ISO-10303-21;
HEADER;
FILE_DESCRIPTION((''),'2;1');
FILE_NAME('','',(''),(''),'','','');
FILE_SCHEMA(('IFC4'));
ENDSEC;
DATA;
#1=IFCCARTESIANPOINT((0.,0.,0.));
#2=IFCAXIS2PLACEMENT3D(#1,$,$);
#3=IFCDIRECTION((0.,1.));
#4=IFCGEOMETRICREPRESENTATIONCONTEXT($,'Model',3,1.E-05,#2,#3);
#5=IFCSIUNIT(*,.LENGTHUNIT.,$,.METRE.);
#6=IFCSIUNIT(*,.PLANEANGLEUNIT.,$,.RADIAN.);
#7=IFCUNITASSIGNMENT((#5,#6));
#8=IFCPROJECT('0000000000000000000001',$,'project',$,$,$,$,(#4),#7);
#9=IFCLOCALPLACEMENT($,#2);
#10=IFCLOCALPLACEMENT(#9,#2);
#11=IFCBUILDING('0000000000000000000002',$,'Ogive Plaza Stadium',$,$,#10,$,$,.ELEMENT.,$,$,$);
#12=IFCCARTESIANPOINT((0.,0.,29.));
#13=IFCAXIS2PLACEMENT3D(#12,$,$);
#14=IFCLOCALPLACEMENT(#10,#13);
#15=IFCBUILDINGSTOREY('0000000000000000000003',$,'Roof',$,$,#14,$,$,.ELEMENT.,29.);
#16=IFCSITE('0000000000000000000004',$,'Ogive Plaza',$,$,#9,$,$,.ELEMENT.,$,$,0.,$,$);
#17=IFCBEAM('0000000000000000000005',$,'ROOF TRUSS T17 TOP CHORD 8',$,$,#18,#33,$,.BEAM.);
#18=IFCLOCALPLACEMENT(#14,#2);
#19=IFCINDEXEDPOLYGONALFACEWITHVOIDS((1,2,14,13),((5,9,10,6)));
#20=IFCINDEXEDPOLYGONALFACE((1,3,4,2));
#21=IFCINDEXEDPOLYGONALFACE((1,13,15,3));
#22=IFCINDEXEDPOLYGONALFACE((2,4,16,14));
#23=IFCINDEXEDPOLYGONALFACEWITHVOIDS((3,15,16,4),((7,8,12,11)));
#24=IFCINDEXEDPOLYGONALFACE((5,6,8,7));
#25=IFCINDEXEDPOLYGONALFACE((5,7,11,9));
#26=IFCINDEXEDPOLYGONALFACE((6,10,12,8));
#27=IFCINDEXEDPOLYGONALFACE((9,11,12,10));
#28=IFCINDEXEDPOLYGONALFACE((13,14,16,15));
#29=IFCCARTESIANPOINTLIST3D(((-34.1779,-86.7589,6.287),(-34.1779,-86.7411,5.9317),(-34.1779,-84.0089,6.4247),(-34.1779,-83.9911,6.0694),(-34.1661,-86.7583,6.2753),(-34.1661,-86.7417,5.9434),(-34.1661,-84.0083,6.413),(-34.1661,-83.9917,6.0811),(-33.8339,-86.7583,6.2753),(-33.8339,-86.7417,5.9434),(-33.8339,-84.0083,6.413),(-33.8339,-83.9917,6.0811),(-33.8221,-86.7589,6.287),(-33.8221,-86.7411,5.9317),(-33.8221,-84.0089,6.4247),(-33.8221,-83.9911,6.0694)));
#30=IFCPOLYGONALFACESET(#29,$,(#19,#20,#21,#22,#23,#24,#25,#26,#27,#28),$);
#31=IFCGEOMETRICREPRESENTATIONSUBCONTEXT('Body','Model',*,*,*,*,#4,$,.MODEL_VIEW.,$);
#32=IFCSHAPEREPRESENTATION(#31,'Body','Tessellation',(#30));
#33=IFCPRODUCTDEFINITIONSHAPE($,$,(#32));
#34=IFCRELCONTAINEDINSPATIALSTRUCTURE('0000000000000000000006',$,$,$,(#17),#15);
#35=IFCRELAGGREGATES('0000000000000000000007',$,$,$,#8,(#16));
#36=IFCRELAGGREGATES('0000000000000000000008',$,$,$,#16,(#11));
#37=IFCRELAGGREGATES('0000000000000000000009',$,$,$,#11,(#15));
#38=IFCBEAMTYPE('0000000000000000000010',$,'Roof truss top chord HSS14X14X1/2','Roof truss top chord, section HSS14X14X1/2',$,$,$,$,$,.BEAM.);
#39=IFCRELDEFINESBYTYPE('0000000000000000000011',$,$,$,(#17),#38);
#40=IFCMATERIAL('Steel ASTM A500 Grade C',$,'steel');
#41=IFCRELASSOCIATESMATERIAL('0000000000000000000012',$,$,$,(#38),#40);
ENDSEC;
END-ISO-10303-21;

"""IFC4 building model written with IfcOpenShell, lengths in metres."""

from ifc_helpers import new_model, si_unit, direction, frame, origin, origin_2d, place, context, subcontext, project, spatial, hollow_rectangle, extrude, material, material_profile, profile_set, type_object, element, save


model = new_model("IFC4")

# Units and contexts
model_context = context("Model", 3, precision=1e-05, world=origin(), true_north=direction((0.0, 1.0)))
body_context = subcontext(model_context, "Body", "Model", "MODEL_VIEW")
ifc_project = project(units=[si_unit("LENGTHUNIT", "METRE"), si_unit("PLANEANGLEUNIT", "RADIAN")], contexts=[model_context])

# Site, building, storey
site_placement = place(None, origin())
site = spatial("IfcSite", under=ifc_project, at=site_placement, Name="Ogive Plaza", CompositionType="ELEMENT", RefElevation=0.0)
building_placement = place(site_placement, origin())
building = spatial("IfcBuilding", under=site, at=building_placement, Name="Ogive Plaza Stadium", CompositionType="ELEMENT")
storey_placement = place(building_placement, frame((0.0, 0.0, 29.0)))
storey = spatial("IfcBuildingStorey", under=building, at=storey_placement, Name="Roof", CompositionType="ELEMENT", Elevation=29.0)

# Beam
ifc_material_1 = material(Name="Steel ASTM A500 Grade C", Category="steel")
ifc_material_profile_1 = material_profile(ifc_material_1, hollow_rectangle(XDim=0.3557, YDim=0.3557, WallThickness=0.0117, at=origin_2d()), Name="HSS14X14X1/2")
ifc_profile_set_1 = profile_set([ifc_material_profile_1], Name="Steel ASTM A500 Grade C")
beam_type_1 = type_object("IfcBeamType", Name="Roof truss top chord HSS14X14X1/2", Description="Roof truss top chord, section HSS14X14X1/2", PredefinedType="BEAM", material=ifc_profile_set_1)
for number, where, z_axis, x_axis, name in (
    (1, (-34.0, -84.0, 6.2471), (0.0, -0.998749, -0.050008), (1.0, 0.0, 0.0), "ROOF TRUSS T17 TOP CHORD 8"),
):
    element("IfcBeam", number, at=place(storey_placement, frame(where, z_axis=z_axis, x_axis=x_axis)), inside=storey, type_object=beam_type_1, Name=name, PredefinedType="BEAM", context=body_context, shape_type="SweptSolid", body=[
        extrude(hollow_rectangle(XDim=0.3557, YDim=0.3557, WallThickness=0.0117, at=origin_2d()), origin(), (0.0, 0.0, 1.0), 2.7534),
    ])

save(model, "model.ifc")
